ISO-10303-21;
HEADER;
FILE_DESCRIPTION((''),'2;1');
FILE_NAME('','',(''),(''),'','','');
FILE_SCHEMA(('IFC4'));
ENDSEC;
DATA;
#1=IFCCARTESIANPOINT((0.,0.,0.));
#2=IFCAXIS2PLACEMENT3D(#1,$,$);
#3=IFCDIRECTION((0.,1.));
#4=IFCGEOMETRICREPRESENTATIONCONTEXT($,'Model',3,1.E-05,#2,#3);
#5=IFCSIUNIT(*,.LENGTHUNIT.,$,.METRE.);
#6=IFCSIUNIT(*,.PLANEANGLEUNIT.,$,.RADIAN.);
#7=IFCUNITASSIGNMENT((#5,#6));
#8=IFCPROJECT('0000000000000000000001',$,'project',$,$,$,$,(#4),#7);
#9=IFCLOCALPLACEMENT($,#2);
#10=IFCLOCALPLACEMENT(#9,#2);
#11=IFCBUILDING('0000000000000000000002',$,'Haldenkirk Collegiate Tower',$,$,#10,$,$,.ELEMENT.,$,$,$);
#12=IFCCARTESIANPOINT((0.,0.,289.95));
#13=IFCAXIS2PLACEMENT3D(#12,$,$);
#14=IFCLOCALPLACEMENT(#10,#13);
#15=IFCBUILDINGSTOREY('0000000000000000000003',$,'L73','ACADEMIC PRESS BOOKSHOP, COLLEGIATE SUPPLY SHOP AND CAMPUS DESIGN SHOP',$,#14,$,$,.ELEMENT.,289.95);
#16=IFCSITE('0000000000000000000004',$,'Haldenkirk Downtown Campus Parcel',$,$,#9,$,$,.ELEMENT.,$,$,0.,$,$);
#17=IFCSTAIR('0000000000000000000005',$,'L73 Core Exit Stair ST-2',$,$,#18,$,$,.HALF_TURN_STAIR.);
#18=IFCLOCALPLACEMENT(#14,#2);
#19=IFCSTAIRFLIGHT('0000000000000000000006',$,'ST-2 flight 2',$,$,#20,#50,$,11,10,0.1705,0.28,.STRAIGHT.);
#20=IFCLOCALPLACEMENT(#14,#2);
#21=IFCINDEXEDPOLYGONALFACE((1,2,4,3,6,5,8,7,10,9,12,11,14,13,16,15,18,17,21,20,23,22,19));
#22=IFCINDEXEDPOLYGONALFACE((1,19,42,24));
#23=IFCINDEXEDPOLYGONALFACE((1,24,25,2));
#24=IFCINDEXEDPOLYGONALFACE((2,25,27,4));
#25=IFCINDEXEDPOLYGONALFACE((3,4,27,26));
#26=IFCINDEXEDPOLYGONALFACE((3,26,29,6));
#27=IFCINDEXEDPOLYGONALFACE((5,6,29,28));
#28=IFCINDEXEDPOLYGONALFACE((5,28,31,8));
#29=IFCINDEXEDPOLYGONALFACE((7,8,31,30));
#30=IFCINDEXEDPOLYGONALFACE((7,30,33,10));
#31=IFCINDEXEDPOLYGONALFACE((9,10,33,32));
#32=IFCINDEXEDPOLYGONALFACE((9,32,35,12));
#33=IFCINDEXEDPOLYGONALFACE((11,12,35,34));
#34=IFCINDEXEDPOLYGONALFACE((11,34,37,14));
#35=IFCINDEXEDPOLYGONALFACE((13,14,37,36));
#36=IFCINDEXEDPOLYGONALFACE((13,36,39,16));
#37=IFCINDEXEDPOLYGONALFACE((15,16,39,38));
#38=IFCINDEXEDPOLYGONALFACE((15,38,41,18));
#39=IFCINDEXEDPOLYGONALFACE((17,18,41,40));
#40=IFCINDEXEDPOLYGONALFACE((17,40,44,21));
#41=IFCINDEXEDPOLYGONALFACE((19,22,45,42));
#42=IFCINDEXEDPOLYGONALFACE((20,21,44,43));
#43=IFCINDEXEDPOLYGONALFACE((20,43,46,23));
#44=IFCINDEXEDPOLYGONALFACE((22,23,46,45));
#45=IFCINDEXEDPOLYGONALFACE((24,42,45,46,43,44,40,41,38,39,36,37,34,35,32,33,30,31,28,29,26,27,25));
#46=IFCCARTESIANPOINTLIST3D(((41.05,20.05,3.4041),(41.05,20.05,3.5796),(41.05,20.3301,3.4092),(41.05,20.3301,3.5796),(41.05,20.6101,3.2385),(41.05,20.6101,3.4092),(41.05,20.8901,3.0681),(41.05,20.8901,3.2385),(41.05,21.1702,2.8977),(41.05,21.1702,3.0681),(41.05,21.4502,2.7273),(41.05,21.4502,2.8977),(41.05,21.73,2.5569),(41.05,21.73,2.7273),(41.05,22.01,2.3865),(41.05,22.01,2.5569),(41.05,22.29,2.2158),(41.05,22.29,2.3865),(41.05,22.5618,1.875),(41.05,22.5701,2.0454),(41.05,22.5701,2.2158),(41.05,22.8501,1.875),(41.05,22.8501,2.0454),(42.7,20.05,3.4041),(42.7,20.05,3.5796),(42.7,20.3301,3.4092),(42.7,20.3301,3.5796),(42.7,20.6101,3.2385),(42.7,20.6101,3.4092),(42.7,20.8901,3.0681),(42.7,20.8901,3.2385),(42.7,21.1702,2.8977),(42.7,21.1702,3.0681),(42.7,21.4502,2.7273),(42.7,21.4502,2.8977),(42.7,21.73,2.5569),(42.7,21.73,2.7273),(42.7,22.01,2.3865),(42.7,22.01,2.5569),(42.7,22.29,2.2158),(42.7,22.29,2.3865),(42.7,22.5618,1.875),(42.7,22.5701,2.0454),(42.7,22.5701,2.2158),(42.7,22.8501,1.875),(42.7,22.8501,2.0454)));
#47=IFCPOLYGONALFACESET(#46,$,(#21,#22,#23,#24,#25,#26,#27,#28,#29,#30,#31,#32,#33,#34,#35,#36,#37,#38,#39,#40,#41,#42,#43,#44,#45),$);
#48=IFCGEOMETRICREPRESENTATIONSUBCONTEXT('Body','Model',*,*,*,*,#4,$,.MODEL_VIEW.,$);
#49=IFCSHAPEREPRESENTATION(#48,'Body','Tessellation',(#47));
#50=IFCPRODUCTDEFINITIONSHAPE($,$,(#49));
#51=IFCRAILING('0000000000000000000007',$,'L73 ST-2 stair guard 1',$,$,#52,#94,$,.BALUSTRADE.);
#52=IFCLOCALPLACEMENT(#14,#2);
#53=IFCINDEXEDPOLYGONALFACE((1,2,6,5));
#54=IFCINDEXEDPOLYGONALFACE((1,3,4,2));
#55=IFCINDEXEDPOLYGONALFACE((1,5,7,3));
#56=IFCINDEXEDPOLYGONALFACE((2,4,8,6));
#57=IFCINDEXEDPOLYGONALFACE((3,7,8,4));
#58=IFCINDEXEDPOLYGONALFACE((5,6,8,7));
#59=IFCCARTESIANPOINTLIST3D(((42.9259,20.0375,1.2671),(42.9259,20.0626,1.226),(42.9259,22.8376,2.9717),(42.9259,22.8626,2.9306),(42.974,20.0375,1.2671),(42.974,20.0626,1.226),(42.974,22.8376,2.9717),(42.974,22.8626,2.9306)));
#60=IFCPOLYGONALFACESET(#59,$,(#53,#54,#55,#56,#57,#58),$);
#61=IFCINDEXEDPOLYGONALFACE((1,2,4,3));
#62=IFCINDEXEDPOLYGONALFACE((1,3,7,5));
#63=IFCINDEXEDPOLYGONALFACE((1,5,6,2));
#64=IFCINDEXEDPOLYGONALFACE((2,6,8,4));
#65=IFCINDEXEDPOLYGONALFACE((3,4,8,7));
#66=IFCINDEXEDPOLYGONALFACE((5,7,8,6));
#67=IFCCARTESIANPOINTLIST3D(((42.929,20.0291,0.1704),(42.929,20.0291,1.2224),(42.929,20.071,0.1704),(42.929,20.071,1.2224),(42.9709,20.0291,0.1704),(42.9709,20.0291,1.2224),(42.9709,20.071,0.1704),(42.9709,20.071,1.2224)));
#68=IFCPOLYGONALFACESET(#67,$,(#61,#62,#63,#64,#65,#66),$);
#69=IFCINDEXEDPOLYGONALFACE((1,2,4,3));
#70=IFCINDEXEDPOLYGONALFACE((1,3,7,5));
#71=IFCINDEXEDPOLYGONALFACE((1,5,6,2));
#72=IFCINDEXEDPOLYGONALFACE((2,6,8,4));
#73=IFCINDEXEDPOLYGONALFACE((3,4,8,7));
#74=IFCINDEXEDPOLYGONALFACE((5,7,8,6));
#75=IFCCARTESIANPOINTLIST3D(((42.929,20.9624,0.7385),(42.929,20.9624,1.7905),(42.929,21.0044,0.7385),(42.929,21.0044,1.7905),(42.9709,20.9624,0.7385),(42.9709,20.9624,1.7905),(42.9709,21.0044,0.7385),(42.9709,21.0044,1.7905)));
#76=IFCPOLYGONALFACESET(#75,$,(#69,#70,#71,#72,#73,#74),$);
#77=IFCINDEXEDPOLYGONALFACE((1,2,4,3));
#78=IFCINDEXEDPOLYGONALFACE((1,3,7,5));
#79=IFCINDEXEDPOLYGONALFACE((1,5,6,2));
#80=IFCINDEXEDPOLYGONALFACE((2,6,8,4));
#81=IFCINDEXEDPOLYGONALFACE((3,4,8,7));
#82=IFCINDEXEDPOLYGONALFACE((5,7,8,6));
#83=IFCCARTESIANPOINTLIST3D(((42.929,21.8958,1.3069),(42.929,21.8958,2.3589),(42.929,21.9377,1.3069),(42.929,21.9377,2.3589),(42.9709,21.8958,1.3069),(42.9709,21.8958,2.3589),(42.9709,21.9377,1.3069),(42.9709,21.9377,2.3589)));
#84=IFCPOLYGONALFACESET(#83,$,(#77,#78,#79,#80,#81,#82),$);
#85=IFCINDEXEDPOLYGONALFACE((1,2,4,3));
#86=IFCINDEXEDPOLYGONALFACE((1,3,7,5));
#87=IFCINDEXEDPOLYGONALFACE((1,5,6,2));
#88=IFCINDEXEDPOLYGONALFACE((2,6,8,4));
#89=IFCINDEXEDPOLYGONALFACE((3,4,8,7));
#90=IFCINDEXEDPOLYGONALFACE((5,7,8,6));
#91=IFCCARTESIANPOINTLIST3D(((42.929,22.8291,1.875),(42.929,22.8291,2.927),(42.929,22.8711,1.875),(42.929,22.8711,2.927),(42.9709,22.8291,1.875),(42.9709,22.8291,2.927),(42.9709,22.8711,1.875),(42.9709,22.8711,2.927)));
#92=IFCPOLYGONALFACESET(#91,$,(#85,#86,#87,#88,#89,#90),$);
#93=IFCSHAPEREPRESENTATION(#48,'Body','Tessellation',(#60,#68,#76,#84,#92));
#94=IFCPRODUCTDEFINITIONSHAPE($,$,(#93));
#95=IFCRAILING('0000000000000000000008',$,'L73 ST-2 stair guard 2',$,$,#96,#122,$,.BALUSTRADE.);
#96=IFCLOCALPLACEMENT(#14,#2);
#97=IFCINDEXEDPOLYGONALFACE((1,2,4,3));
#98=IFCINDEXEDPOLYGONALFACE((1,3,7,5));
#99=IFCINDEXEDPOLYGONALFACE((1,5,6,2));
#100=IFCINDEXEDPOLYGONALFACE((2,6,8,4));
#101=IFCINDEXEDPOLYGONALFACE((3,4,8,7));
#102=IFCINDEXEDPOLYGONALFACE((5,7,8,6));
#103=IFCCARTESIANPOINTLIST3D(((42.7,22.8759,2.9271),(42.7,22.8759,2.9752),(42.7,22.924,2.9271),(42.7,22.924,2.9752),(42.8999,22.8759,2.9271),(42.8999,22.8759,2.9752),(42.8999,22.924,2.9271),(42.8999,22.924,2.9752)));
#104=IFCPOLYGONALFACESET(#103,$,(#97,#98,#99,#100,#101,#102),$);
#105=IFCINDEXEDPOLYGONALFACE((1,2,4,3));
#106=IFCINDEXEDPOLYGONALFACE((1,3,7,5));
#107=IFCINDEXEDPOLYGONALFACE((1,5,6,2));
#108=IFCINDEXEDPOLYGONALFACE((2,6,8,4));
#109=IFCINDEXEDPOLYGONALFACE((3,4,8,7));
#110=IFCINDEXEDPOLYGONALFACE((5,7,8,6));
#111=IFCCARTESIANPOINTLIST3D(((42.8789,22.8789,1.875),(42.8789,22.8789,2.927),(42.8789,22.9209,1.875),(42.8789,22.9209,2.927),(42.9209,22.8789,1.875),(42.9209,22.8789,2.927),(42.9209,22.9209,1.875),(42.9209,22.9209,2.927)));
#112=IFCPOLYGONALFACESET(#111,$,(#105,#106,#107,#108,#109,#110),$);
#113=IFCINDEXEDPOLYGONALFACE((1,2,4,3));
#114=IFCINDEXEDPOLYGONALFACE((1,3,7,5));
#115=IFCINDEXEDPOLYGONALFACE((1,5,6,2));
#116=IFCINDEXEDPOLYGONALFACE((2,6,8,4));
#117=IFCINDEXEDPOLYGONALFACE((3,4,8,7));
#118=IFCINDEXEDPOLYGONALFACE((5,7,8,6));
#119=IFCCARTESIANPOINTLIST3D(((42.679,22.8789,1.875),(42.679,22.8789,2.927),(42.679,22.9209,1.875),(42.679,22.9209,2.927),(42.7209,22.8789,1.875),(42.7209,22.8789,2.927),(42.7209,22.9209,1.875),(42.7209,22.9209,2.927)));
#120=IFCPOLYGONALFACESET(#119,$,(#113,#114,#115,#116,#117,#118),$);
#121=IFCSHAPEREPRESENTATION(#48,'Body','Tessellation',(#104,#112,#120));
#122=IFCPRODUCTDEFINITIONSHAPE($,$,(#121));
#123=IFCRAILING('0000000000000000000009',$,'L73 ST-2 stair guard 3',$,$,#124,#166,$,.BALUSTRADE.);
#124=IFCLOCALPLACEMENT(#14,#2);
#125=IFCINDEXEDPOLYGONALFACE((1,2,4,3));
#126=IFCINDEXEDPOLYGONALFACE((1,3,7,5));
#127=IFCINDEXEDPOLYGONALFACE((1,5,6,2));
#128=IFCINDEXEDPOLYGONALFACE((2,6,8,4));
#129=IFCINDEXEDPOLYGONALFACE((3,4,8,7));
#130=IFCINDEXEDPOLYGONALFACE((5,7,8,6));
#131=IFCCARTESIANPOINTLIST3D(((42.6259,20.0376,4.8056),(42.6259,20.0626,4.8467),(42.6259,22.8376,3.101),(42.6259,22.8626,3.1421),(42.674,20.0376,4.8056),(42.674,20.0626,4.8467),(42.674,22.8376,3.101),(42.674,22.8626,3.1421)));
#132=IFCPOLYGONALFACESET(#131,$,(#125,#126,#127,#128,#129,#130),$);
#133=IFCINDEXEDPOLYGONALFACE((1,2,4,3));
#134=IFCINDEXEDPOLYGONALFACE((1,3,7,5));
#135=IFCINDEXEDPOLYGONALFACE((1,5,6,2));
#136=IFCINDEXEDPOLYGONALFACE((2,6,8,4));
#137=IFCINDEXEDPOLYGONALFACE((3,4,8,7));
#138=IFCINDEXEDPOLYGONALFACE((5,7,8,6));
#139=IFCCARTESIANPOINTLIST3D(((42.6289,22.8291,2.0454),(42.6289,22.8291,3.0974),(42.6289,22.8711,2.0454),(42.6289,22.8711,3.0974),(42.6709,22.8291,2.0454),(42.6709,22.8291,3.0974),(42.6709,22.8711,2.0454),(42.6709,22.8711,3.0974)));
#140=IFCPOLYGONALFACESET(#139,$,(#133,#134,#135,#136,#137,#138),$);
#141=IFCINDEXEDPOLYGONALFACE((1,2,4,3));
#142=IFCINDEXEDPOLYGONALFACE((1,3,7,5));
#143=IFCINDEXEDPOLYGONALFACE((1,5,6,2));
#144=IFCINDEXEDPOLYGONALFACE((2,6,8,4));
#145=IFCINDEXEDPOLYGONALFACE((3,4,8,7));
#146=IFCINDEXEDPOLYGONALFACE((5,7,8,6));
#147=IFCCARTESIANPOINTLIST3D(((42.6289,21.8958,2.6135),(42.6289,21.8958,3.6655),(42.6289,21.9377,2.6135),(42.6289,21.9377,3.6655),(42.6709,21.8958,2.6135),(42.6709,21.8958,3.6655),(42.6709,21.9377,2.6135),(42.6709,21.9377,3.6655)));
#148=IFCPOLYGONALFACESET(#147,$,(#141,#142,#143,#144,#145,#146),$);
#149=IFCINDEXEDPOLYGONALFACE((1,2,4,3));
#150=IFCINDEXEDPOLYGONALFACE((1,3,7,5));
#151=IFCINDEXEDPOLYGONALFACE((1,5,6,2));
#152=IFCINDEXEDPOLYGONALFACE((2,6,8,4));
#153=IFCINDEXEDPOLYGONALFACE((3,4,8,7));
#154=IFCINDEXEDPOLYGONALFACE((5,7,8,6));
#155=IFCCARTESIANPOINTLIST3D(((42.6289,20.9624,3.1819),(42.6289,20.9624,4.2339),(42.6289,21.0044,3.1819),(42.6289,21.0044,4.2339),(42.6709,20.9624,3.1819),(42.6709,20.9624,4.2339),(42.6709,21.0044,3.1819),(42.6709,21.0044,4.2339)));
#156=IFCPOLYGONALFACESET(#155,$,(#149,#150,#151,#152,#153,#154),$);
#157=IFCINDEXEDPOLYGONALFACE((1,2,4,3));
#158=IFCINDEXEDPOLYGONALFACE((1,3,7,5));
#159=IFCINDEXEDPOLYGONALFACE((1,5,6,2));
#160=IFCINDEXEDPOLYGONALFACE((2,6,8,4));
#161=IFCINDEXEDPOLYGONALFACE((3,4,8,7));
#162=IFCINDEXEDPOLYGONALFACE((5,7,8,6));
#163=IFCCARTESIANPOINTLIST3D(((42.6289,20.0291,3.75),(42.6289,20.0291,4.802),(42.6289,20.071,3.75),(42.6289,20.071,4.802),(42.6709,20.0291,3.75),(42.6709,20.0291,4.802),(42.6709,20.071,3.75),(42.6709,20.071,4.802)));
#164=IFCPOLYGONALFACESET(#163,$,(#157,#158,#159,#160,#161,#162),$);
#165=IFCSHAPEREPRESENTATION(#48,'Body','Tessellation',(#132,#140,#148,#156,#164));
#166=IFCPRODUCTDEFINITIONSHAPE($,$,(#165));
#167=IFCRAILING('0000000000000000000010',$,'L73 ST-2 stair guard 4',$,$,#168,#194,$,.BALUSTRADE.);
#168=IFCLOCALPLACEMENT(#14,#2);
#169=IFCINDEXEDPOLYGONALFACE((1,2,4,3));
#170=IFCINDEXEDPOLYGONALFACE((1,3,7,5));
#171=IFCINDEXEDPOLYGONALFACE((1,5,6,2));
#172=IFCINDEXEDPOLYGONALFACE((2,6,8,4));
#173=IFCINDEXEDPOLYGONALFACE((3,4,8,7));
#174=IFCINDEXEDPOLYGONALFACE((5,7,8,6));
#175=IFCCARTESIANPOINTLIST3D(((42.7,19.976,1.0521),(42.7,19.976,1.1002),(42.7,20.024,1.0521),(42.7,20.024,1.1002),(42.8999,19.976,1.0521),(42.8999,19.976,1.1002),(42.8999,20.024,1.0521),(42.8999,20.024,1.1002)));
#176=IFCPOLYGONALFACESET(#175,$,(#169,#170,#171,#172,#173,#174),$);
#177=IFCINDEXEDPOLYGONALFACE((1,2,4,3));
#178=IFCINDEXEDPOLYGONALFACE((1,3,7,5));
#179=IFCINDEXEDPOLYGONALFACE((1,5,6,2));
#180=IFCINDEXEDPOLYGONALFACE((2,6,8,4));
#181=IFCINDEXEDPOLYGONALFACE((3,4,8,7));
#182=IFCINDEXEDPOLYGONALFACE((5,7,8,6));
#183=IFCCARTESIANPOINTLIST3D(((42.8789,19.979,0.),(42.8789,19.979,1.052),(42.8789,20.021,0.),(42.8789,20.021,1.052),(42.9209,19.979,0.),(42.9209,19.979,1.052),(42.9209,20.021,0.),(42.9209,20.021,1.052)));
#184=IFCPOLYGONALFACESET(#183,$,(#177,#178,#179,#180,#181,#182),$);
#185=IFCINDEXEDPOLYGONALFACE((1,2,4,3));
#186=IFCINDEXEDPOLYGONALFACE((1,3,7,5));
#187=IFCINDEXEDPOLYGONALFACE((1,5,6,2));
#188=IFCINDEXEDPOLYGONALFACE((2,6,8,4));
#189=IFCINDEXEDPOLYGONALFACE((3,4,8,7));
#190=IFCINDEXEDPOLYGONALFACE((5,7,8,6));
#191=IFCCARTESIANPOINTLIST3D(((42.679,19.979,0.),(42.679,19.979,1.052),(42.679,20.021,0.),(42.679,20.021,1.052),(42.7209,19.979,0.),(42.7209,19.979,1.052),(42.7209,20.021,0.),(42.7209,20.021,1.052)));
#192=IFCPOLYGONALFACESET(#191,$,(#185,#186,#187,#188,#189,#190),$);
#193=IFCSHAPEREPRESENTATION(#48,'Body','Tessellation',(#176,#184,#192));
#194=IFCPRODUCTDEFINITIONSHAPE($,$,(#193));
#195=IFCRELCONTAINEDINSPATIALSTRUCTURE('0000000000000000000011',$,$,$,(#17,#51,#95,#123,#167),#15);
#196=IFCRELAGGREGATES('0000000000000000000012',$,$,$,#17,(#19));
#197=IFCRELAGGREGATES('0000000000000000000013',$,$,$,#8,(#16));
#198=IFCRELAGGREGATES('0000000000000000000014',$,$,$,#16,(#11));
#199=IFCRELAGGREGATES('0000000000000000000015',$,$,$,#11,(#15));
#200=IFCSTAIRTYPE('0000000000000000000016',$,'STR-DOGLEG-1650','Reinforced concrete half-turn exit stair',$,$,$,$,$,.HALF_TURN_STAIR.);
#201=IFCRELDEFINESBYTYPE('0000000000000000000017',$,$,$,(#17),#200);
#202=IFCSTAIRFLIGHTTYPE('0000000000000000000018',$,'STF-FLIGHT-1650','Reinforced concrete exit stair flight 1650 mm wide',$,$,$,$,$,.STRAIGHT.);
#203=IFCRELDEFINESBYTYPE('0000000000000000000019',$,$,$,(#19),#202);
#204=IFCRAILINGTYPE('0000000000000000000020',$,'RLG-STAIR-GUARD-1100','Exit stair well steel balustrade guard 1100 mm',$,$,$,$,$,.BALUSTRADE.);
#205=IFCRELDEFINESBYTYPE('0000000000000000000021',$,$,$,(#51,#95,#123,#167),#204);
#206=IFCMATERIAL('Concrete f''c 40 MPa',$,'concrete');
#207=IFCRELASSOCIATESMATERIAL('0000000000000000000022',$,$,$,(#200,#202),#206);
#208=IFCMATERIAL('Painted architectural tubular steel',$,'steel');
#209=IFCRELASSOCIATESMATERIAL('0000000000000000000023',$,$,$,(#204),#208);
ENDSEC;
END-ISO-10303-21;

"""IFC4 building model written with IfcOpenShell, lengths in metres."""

from ifc_helpers import new_model, si_unit, direction, frame, origin, origin_2d, place, context, subcontext, project, spatial, polyline, rectangle, outline, extrude, material, type_object, element, aggregate, save


model = new_model("IFC4")

# Units and contexts
model_context = context("Model", 3, precision=1e-05, world=origin(), true_north=direction((0.0, 1.0)))
body_context = subcontext(model_context, "Body", "Model", "MODEL_VIEW")
ifc_project = project(units=[si_unit("LENGTHUNIT", "METRE"), si_unit("PLANEANGLEUNIT", "RADIAN")], contexts=[model_context])

# Site, building, storey
site_placement = place(None, origin())
site = spatial("IfcSite", under=ifc_project, at=site_placement, Name="Haldenkirk Downtown Campus Parcel", CompositionType="ELEMENT", RefElevation=0.0)
building_placement = place(site_placement, origin())
building = spatial("IfcBuilding", under=site, at=building_placement, Name="Haldenkirk Collegiate Tower", CompositionType="ELEMENT")
storey_placement = place(building_placement, frame((0.0, 0.0, 289.95)))
storey = spatial("IfcBuildingStorey", under=building, at=storey_placement, Name="L73", Description="ACADEMIC PRESS BOOKSHOP, COLLEGIATE SUPPLY SHOP AND CAMPUS DESIGN SHOP", CompositionType="ELEMENT", Elevation=289.95)

# Stair, stair flight
ifc_material_1 = material(Name="Concrete f'c 40 MPa", Category="concrete")
stair_type = type_object("IfcStairType", Name="STR-DOGLEG-1650", Description="Reinforced concrete half-turn exit stair", PredefinedType="HALF_TURN_STAIR", material=ifc_material_1)
stair_placement = place(storey_placement, origin())
stair = element("IfcStair", 1, at=stair_placement, inside=storey, type_object=stair_type, Name="L73 Core Exit Stair ST-2", PredefinedType="HALF_TURN_STAIR")
stair_flight_type = type_object("IfcStairFlightType", Name="STF-FLIGHT-1650", Description="Reinforced concrete exit stair flight 1650 mm wide", PredefinedType="STRAIGHT", material=ifc_material_1)
stair_flight_1_placement = place(storey_placement, frame((41.875, 22.8501, 1.875), z_axis=(0.0, 0.0, 1.0), x_axis=(0.0, -1.0, 0.0)))
stair_flight_1 = element("IfcStairFlight", 2, at=stair_flight_1_placement, type_object=stair_flight_type, Name="ST-2 flight 2", NumberOfRisers=11, NumberOfTreads=10, PredefinedType="STRAIGHT", RiserHeight=0.1705, TreadLength=0.28, context=body_context, shape_type="SweptSolid", body=[
    extrude(outline(polyline([(0.0, 0.0), (0.0, 0.1704), (0.28, 0.1704), (0.28, 0.3408), (0.5601, 0.3408), (0.5601, 0.5115), (0.8401, 0.5115), (0.8401, 0.6819), (1.1201, 0.6819), (1.1201, 0.8523), (1.3999, 0.8523), (1.3999, 1.0227), (1.6799, 1.0227), (1.6799, 1.1931), (1.96, 1.1931), (1.96, 1.3635), (2.24, 1.3635), (2.24, 1.5342), (2.52, 1.5342), (2.52, 1.7046), (2.8, 1.7046), (2.8, 1.875), (2.8, 1.5291), (0.2883, 0.0), (0.0, 0.0)])), frame((0.0, 0.825, 0.0), z_axis=(0.0, -1.0, 0.0), x_axis=(1.0, 0.0, 0.0)), (0.0, 0.0, 1.0), 1.6499),
])
aggregate(stair, [stair_flight_1])

# Railings
ifc_material_2 = material(Name="Painted architectural tubular steel", Category="steel")
railing_type_1 = type_object("IfcRailingType", Name="RLG-STAIR-GUARD-1100", Description="Exit stair well steel balustrade guard 1100 mm", PredefinedType="BALUSTRADE", material=ifc_material_2)
railing_1_placement = place(storey_placement, frame((42.95, 20.05, 0.1704)))
element("IfcRailing", 3, at=railing_1_placement, inside=storey, type_object=railing_type_1, Name="L73 ST-2 stair guard 1", PredefinedType="BALUSTRADE", context=body_context, shape_type="SweptSolid", body=[
    extrude(rectangle(XDim=0.0481, YDim=0.0481, at=origin_2d()), frame((0.0, 0.0, 1.0762), z_axis=(0.0, 0.85417, 0.519994), x_axis=(-1.0, 0.0, 0.0)), (0.0, 0.0, 1.0), 3.2781),
    extrude(rectangle(XDim=0.042, YDim=0.042, at=origin_2d()), origin(), (0.0, 0.0, 1.0), 1.052),
    extrude(rectangle(XDim=0.042, YDim=0.042, at=origin_2d()), frame((0.0, 0.9333, 0.5681)), (0.0, 0.0, 1.0), 1.052),
    extrude(rectangle(XDim=0.042, YDim=0.042, at=origin_2d()), frame((0.0, 1.8667, 1.1365)), (0.0, 0.0, 1.0), 1.052),
    extrude(rectangle(XDim=0.042, YDim=0.042, at=origin_2d()), frame((0.0, 2.8, 1.7046)), (0.0, 0.0, 1.0), 1.052),
])
railing_2_placement = place(storey_placement, frame((42.8999, 22.8999, 1.875)))
element("IfcRailing", 4, at=railing_2_placement, inside=storey, type_object=railing_type_1, Name="L73 ST-2 stair guard 2", PredefinedType="BALUSTRADE", context=body_context, shape_type="SweptSolid", body=[
    extrude(rectangle(XDim=0.0481, YDim=0.0481, at=origin_2d()), frame((0.0, 0.0, 1.0762), z_axis=(-1.0, 0.0, 0.0), x_axis=(0.0, -1.0, 0.0)), (0.0, 0.0, 1.0), 0.2),
    extrude(rectangle(XDim=0.042, YDim=0.042, at=origin_2d()), origin(), (0.0, 0.0, 1.0), 1.052),
    extrude(rectangle(XDim=0.042, YDim=0.042, at=origin_2d()), frame((-0.2, 0.0, 0.0)), (0.0, 0.0, 1.0), 1.052),
])
railing_3_placement = place(storey_placement, frame((42.6499, 22.8501, 2.0454)))
element("IfcRailing", 5, at=railing_3_placement, inside=storey, type_object=railing_type_1, Name="L73 ST-2 stair guard 3", PredefinedType="BALUSTRADE", context=body_context, shape_type="SweptSolid", body=[
    extrude(rectangle(XDim=0.0481, YDim=0.0481, at=origin_2d()), frame((0.0, 0.0, 1.0762), z_axis=(0.0, -0.85417, 0.519994), x_axis=(1.0, 0.0, 0.0)), (0.0, 0.0, 1.0), 3.2781),
    extrude(rectangle(XDim=0.042, YDim=0.042, at=origin_2d()), origin(), (0.0, 0.0, 1.0), 1.052),
    extrude(rectangle(XDim=0.042, YDim=0.042, at=origin_2d()), frame((0.0, -0.9333, 0.5681)), (0.0, 0.0, 1.0), 1.052),
    extrude(rectangle(XDim=0.042, YDim=0.042, at=origin_2d()), frame((0.0, -1.8667, 1.1365)), (0.0, 0.0, 1.0), 1.052),
    extrude(rectangle(XDim=0.042, YDim=0.042, at=origin_2d()), frame((0.0, -2.8, 1.7046)), (0.0, 0.0, 1.0), 1.052),
])
railing_4_placement = place(storey_placement, frame((42.8999, 20.0, 0.0)))
element("IfcRailing", 6, at=railing_4_placement, inside=storey, type_object=railing_type_1, Name="L73 ST-2 stair guard 4", PredefinedType="BALUSTRADE", context=body_context, shape_type="SweptSolid", body=[
    extrude(rectangle(XDim=0.0481, YDim=0.0481, at=origin_2d()), frame((0.0, 0.0, 1.0762), z_axis=(-1.0, 0.0, 0.0), x_axis=(0.0, -1.0, 0.0)), (0.0, 0.0, 1.0), 0.2),
    extrude(rectangle(XDim=0.042, YDim=0.042, at=origin_2d()), origin(), (0.0, 0.0, 1.0), 1.052),
    extrude(rectangle(XDim=0.042, YDim=0.042, at=origin_2d()), frame((-0.2, 0.0, 0.0)), (0.0, 0.0, 1.0), 1.052),
])

save(model, "model.ifc")
